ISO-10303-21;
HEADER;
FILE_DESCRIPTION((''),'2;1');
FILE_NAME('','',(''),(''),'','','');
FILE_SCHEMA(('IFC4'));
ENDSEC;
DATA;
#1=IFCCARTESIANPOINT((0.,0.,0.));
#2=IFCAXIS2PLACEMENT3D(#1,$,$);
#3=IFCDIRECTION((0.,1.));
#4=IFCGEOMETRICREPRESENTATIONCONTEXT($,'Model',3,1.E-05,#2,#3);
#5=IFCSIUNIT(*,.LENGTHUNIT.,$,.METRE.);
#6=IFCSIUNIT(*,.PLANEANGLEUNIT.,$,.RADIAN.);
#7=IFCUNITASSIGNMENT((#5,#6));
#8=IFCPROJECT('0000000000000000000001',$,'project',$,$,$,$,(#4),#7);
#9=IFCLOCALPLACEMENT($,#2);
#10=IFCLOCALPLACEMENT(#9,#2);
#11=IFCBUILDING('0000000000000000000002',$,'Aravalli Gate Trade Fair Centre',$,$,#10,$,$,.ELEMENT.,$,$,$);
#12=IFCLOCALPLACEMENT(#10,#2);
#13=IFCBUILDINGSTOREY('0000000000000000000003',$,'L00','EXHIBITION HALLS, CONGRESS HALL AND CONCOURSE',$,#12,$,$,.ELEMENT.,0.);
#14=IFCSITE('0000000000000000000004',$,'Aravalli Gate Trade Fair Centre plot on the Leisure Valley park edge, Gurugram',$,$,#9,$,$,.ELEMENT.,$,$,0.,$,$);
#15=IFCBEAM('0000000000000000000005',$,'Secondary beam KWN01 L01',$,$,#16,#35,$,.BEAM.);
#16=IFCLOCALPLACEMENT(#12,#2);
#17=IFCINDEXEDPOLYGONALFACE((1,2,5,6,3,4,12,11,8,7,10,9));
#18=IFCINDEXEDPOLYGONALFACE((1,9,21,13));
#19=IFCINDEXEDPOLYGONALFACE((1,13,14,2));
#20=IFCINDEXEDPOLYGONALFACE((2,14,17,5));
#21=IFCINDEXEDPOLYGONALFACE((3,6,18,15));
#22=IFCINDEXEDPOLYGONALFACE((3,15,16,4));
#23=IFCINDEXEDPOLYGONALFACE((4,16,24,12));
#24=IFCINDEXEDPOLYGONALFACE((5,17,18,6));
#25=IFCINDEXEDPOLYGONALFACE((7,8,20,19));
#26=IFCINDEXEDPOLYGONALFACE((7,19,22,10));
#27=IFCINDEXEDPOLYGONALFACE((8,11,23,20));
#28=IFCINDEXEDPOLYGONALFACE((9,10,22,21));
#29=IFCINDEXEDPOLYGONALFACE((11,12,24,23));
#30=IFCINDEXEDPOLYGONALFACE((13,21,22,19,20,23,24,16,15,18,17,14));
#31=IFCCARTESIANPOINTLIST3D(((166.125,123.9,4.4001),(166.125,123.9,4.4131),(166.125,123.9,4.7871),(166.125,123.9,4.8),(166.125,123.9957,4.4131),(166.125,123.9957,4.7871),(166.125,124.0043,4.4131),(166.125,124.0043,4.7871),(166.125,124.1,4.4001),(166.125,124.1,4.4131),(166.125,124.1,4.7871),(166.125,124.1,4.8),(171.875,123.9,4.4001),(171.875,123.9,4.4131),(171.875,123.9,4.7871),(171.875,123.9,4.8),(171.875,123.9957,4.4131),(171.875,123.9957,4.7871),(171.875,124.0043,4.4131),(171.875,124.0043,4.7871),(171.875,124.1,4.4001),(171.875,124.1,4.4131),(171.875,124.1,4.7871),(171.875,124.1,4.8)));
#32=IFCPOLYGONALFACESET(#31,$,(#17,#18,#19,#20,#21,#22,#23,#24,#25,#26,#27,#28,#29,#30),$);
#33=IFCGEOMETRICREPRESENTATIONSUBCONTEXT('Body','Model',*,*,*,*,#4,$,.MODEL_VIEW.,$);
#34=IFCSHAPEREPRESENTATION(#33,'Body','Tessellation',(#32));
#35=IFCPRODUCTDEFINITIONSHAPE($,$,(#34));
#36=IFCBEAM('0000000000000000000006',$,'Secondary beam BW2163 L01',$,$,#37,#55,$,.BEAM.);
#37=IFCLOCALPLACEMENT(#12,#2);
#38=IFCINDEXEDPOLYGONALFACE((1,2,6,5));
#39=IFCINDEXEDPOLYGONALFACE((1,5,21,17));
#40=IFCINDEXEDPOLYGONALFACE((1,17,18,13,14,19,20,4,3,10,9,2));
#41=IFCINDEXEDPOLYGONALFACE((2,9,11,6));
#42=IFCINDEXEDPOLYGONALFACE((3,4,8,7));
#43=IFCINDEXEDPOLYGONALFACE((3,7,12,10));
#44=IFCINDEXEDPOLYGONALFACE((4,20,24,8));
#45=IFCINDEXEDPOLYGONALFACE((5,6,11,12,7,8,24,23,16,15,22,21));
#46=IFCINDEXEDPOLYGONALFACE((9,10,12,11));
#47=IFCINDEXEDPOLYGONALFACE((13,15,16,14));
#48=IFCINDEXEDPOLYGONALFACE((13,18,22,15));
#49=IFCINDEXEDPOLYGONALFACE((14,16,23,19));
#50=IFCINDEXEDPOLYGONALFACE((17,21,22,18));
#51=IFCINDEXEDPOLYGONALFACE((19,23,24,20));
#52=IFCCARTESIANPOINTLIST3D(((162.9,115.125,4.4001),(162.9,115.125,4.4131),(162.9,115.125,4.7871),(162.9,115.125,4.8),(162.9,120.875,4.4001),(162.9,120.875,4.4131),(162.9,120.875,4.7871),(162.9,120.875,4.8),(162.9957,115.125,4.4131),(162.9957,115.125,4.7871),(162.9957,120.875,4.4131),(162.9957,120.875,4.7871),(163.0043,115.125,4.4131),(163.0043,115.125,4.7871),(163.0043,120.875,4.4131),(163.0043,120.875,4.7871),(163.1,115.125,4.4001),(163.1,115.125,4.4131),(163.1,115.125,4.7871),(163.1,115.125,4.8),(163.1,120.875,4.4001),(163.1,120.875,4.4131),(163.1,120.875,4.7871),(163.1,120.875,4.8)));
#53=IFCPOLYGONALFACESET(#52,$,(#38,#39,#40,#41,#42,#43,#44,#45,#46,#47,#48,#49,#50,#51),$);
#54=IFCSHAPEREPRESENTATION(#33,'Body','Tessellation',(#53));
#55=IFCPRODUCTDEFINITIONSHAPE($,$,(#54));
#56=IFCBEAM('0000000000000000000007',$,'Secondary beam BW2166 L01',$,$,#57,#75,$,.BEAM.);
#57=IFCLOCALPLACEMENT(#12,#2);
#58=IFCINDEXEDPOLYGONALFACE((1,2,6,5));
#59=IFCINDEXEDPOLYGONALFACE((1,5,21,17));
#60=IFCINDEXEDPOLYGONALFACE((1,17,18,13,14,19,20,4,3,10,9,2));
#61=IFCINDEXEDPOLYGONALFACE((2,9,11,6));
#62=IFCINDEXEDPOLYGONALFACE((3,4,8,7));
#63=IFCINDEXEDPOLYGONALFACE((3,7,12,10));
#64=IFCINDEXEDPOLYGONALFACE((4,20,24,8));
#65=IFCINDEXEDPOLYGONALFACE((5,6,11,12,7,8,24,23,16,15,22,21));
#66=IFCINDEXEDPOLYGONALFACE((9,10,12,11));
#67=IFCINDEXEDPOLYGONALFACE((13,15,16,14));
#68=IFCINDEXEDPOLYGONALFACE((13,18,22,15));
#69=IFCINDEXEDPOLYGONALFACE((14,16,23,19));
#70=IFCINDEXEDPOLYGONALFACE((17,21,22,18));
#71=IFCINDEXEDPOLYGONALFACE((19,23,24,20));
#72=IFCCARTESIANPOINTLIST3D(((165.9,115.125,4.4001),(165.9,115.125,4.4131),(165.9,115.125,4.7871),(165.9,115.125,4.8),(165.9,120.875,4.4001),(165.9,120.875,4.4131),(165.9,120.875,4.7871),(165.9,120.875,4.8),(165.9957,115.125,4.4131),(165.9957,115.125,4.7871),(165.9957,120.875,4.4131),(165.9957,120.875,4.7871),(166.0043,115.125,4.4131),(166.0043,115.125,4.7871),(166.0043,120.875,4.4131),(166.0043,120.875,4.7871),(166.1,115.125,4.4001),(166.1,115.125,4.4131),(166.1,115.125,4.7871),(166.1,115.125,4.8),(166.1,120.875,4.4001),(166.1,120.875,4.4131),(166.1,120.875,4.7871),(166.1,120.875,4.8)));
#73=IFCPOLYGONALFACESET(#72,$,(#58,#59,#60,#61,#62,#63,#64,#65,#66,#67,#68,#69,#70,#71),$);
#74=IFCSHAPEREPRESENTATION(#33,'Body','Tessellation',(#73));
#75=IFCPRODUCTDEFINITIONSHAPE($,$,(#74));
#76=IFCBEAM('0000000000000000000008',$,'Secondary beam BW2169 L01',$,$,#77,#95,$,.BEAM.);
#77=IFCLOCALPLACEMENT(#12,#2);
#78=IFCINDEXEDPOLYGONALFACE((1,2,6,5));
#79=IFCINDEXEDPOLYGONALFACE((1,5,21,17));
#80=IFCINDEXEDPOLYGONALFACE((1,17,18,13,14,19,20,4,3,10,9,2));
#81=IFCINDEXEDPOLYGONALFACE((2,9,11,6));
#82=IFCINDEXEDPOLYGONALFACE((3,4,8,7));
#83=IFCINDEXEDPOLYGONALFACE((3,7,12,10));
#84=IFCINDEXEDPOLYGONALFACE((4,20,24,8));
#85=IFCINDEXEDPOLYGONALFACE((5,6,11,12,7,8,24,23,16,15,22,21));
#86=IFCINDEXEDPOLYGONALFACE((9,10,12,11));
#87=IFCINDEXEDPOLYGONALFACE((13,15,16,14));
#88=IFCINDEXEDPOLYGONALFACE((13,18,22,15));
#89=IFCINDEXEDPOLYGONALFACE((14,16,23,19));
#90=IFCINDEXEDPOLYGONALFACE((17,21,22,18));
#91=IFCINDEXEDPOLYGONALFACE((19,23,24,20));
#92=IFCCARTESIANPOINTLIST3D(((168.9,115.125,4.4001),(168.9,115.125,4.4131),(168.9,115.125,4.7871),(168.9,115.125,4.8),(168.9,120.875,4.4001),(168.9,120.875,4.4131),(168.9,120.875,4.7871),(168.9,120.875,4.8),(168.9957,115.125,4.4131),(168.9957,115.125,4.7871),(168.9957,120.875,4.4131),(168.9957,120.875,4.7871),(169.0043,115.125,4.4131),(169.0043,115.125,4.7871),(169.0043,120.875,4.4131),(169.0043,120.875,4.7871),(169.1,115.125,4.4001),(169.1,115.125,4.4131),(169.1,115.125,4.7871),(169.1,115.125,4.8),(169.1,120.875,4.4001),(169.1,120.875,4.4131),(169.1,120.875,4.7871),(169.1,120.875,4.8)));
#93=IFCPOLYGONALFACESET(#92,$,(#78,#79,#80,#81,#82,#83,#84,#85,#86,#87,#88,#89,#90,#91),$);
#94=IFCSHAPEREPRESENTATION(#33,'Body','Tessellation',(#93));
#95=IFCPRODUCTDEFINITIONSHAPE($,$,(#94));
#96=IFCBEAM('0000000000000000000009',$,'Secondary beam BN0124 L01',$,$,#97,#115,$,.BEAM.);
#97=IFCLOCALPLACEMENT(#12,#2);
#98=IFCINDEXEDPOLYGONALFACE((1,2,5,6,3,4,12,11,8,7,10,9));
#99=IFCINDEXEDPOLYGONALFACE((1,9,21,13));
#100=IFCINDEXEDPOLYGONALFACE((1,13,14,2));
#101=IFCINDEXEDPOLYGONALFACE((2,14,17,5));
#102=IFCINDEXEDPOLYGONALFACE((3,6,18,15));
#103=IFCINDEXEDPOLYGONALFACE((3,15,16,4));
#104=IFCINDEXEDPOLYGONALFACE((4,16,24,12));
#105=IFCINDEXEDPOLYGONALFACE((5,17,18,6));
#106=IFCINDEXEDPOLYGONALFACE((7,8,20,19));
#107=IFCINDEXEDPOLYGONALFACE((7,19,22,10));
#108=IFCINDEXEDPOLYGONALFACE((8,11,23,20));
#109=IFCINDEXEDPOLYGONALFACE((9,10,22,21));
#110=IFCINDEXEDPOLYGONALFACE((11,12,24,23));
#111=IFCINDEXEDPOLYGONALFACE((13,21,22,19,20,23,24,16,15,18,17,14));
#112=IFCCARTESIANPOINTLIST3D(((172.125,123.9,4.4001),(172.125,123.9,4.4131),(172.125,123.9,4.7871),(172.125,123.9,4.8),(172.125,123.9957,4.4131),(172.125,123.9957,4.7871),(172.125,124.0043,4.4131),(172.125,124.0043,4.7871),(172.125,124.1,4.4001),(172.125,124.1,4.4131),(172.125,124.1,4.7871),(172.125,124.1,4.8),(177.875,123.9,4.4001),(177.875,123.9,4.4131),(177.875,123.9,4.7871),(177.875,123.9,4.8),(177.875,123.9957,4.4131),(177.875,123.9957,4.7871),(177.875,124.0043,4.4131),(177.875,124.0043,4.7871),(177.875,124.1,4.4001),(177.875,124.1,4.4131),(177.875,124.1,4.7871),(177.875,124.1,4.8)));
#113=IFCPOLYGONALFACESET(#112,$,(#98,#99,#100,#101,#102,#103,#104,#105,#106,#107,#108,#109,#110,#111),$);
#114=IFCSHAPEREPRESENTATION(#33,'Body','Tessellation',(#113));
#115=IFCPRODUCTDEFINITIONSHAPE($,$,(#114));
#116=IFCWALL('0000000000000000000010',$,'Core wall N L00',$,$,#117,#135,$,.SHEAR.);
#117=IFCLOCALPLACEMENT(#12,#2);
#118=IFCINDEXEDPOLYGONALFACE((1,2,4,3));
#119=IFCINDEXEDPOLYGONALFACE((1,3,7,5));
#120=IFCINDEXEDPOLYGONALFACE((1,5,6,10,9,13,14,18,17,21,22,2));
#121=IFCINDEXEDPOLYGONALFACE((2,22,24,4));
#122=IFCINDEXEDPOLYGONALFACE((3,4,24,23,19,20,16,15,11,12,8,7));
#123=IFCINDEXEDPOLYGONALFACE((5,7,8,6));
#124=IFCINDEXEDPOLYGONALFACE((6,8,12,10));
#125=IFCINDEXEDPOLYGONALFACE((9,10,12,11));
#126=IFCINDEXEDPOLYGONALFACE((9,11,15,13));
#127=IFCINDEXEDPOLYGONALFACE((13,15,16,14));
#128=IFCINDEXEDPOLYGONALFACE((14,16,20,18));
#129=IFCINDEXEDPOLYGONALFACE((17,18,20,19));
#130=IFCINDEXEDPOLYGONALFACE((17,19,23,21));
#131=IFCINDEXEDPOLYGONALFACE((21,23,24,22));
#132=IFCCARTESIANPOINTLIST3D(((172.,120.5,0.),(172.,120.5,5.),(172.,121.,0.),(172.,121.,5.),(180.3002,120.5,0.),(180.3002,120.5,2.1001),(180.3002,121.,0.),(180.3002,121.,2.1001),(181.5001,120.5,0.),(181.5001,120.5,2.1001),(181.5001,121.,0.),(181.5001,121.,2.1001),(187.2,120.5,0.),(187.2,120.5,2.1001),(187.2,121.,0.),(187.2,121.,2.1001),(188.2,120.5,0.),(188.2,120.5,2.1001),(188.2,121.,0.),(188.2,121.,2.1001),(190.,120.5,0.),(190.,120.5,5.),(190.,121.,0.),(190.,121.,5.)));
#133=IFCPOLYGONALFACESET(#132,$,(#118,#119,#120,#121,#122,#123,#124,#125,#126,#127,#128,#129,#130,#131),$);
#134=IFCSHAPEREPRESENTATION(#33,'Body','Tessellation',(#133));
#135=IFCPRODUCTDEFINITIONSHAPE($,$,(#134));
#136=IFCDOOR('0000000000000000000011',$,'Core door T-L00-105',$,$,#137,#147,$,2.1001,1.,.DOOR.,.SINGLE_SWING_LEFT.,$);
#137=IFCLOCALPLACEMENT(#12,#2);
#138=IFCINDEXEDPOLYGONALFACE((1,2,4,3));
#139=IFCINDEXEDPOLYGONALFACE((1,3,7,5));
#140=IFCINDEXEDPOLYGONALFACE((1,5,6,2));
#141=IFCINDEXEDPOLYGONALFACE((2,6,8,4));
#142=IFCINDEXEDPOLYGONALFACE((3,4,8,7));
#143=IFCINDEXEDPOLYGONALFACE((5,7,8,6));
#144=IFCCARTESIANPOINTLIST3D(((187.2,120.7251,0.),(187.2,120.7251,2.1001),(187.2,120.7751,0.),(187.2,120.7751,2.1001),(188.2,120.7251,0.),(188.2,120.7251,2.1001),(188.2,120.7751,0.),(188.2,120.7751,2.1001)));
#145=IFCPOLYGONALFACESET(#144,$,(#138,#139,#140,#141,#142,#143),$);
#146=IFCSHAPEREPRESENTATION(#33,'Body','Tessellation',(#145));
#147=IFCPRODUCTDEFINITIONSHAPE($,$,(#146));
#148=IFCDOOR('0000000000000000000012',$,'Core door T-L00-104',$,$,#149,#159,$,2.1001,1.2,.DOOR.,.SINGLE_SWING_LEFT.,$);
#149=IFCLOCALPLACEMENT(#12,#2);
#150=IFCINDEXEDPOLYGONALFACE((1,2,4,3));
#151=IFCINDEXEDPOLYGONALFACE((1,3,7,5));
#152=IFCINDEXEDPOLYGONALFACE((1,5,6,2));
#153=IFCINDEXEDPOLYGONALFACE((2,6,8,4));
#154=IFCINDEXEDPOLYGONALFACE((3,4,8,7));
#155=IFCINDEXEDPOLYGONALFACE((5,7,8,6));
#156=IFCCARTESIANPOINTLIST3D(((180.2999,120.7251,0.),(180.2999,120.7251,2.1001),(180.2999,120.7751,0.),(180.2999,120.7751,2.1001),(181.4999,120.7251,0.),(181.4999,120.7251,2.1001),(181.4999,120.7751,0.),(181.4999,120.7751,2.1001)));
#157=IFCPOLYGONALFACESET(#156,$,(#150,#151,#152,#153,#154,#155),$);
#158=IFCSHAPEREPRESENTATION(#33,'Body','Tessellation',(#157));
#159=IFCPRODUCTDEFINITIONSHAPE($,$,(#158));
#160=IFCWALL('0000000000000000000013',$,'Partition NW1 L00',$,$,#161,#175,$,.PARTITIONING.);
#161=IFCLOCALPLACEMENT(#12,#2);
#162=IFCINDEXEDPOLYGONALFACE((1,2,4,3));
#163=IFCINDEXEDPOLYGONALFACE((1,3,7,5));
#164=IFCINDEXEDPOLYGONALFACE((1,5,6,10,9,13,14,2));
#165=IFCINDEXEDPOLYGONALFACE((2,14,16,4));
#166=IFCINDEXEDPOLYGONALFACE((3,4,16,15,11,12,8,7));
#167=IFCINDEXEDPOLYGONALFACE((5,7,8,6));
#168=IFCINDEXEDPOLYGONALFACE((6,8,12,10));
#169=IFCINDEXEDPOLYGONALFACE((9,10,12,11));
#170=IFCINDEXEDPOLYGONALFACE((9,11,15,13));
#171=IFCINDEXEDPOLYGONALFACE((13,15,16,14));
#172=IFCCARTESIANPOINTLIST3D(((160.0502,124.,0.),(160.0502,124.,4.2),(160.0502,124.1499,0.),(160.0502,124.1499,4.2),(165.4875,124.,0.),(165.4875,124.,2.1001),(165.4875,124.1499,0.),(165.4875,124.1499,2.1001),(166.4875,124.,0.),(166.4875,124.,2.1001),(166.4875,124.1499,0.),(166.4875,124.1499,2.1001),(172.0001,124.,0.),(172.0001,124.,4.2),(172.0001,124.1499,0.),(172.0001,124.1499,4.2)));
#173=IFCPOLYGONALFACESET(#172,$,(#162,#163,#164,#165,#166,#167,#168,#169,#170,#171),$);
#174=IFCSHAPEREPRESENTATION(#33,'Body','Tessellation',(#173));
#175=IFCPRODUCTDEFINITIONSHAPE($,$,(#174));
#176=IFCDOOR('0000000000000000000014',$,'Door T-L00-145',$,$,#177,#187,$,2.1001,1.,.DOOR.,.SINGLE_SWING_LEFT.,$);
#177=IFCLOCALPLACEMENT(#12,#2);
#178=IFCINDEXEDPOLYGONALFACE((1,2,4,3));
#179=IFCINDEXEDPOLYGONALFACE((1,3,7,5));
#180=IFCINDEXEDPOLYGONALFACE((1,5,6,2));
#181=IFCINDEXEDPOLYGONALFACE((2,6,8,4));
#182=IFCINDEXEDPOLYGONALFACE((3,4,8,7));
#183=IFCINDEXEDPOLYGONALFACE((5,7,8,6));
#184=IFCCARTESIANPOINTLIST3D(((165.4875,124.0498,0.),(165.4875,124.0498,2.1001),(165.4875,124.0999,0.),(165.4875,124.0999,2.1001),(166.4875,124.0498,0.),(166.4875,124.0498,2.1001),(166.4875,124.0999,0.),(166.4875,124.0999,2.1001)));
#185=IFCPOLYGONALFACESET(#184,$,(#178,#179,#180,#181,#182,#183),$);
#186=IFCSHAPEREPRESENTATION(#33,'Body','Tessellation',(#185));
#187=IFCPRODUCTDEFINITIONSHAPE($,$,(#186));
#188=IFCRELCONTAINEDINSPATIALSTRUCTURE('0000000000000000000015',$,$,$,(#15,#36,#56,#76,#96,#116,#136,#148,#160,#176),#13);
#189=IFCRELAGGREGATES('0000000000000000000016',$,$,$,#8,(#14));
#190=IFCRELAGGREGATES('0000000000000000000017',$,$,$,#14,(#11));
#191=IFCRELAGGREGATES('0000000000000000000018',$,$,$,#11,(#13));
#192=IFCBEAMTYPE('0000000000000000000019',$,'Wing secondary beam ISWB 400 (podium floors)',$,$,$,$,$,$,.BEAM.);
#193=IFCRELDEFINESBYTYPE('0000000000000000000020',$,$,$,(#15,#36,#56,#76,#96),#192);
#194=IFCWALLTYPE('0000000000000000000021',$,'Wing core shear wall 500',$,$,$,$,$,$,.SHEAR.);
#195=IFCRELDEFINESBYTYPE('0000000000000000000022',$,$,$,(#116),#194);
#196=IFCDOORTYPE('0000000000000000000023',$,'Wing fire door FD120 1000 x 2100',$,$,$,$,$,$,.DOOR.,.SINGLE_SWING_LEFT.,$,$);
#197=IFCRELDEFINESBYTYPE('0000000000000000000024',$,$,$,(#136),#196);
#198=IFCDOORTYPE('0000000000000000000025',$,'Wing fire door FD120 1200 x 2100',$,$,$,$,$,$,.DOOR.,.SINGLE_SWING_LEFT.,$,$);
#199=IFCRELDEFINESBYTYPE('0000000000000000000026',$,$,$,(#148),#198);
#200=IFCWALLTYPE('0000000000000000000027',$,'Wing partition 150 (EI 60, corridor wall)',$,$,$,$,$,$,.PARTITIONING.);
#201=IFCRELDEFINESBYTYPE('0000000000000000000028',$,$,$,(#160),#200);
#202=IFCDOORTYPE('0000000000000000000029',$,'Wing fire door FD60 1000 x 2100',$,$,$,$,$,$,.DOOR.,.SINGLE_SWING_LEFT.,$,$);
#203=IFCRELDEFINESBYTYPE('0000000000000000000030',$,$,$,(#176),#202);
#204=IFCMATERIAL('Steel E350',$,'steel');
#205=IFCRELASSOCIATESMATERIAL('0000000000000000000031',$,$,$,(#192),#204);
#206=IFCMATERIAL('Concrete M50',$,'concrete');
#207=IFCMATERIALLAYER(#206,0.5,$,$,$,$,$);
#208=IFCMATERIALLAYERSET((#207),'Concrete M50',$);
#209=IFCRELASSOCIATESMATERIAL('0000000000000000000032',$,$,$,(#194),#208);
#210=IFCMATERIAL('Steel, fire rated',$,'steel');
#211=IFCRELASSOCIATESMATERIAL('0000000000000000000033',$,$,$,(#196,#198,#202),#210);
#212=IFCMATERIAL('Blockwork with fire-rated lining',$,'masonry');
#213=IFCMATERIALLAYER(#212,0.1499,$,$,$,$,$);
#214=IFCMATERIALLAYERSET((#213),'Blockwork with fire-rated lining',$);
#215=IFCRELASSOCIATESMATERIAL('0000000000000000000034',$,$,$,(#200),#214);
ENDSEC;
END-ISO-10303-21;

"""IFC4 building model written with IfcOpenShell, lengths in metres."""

from ifc_helpers import new_model, si_unit, direction, frame, frame_2d, origin, origin_2d, place, context, subcontext, project, spatial, rectangle, i_section, extrude, material, layer, layer_set, material_profile, profile_set, type_object, element, fill, save


model = new_model("IFC4")

# Units and contexts
model_context = context("Model", 3, precision=1e-05, world=origin(), true_north=direction((0.0, 1.0)))
body_context = subcontext(model_context, "Body", "Model", "MODEL_VIEW")
ifc_project = project(units=[si_unit("LENGTHUNIT", "METRE"), si_unit("PLANEANGLEUNIT", "RADIAN")], contexts=[model_context])

# Site, building, storey
site_placement = place(None, origin())
site = spatial("IfcSite", under=ifc_project, at=site_placement, Name="Aravalli Gate Trade Fair Centre plot on the Leisure Valley park edge, Gurugram", CompositionType="ELEMENT", RefElevation=0.0)
building_placement = place(site_placement, origin())
building = spatial("IfcBuilding", under=site, at=building_placement, Name="Aravalli Gate Trade Fair Centre", CompositionType="ELEMENT")
storey_placement = place(building_placement, origin())
storey = spatial("IfcBuildingStorey", under=building, at=storey_placement, Name="L00", Description="EXHIBITION HALLS, CONGRESS HALL AND CONCOURSE", CompositionType="ELEMENT", Elevation=0.0)

# Shared definitions
ifc_material_1 = material(Name="Steel E350", Category="steel")

# Beams
ifc_material_profile_1 = material_profile(ifc_material_1, i_section(OverallWidth=0.2, OverallDepth=0.3999, WebThickness=0.0085, FlangeThickness=0.0129, at=origin_2d()), Name="ISWB 400")
ifc_profile_set_1 = profile_set([ifc_material_profile_1], Name="Steel E350")
beam_type_1 = type_object("IfcBeamType", Name="Wing secondary beam ISWB 400 (podium floors)", PredefinedType="BEAM", material=ifc_profile_set_1)
for number, where, z_axis, x_axis, name in (
    (1, (166.125, 124.0, 4.6001), (1.0, 0.0, 0.0), (0.0, 1.0, 0.0), "Secondary beam KWN01 L01"),
    (2, (163.0, 115.125, 4.6001), (0.0, 1.0, 0.0), (-1.0, 0.0, 0.0), "Secondary beam BW2163 L01"),
    (3, (166.0, 115.125, 4.6001), (0.0, 1.0, 0.0), (-1.0, 0.0, 0.0), "Secondary beam BW2166 L01"),
    (4, (169.0, 115.125, 4.6001), (0.0, 1.0, 0.0), (-1.0, 0.0, 0.0), "Secondary beam BW2169 L01"),
    (5, (172.125, 124.0, 4.6001), (1.0, 0.0, 0.0), (0.0, 1.0, 0.0), "Secondary beam BN0124 L01"),
):
    element("IfcBeam", number, at=place(storey_placement, frame(where, z_axis=z_axis, x_axis=x_axis)), inside=storey, type_object=beam_type_1, Name=name, PredefinedType="BEAM", context=body_context, shape_type="SweptSolid", body=[
        extrude(i_section(OverallWidth=0.2, OverallDepth=0.3999, WebThickness=0.0085, FlangeThickness=0.0129, at=origin_2d()), origin(), (0.0, 0.0, 1.0), 5.75),
    ])

# Wall, openings, doors
ifc_material_2 = material(Name="Concrete M50", Category="concrete")
ifc_layer_1 = layer(ifc_material_2, 0.5)
ifc_layer_set_1 = layer_set([ifc_layer_1], Name="Concrete M50")
wall_type_1 = type_object("IfcWallType", Name="Wing core shear wall 500", PredefinedType="SHEAR", material=ifc_layer_set_1)
wall_1_placement = place(storey_placement, frame((172.0, 120.75, 0.0), z_axis=(0.0, 0.0, 1.0), x_axis=(1.0, 0.0, 0.0)))
wall_1 = element("IfcWall", 6, at=wall_1_placement, inside=storey, type_object=wall_type_1, Name="Core wall N L00", PredefinedType="SHEAR", context=body_context, shape_type="SweptSolid", body=[
    extrude(rectangle(XDim=18.0, YDim=0.5, at=frame_2d((9.0, 0.0))), origin(), (0.0, 0.0, 1.0), 5.0),
])
opening_1_placement = place(wall_1_placement, frame((8.3, 0.0, 0.0)))
opening_1 = element("IfcOpeningElement", 7, at=opening_1_placement, cuts=wall_1, PredefinedType="OPENING", context=body_context, shape_type="SweptSolid", body=[
    extrude(rectangle(XDim=1.2, YDim=2.1001, at=frame_2d((0.6001, 1.05))), frame((0.0, 0.26, 0.0), z_axis=(0.0, -1.0, 0.0), x_axis=(1.0, 0.0, 0.0)), (0.0, 0.0, 1.0), 0.52),
])
opening_2_placement = place(wall_1_placement, frame((15.2, 0.0, 0.0)))
opening_2 = element("IfcOpeningElement", 8, at=opening_2_placement, cuts=wall_1, PredefinedType="OPENING", context=body_context, shape_type="SweptSolid", body=[
    extrude(rectangle(XDim=1.0, YDim=2.1001, at=frame_2d((0.5, 1.05))), frame((0.0, 0.26, 0.0), z_axis=(0.0, -1.0, 0.0), x_axis=(1.0, 0.0, 0.0)), (0.0, 0.0, 1.0), 0.52),
])
ifc_material_3 = material(Name="Steel, fire rated", Category="steel")
door_type_1 = type_object("IfcDoorType", Name="Wing fire door FD120 1000 x 2100", OperationType="SINGLE_SWING_LEFT", PredefinedType="DOOR", material=ifc_material_3)
door_1_placement = place(opening_2_placement, frame((1.0, 0.0, 0.0), z_axis=(0.0, 0.0, 1.0), x_axis=(-1.0, 0.0, 0.0)))
door_1 = element("IfcDoor", 9, at=door_1_placement, inside=storey, type_object=door_type_1, Name="Core door T-L00-105", OperationType="SINGLE_SWING_LEFT", OverallHeight=2.1001, OverallWidth=1.0, PredefinedType="DOOR", context=body_context, shape_type="SweptSolid", body=[
    extrude(rectangle(XDim=1.0, YDim=2.1001, at=frame_2d((0.5, 1.05))), frame((0.0, 0.0249, 0.0), z_axis=(0.0, -1.0, 0.0), x_axis=(1.0, 0.0, 0.0)), (0.0, 0.0, 1.0), 0.05),
])
fill(opening_2, door_1)
door_type_2 = type_object("IfcDoorType", Name="Wing fire door FD120 1200 x 2100", OperationType="SINGLE_SWING_LEFT", PredefinedType="DOOR", material=ifc_material_3)
door_2_placement = place(opening_1_placement, frame((1.2, 0.0, 0.0), z_axis=(0.0, 0.0, 1.0), x_axis=(-1.0, 0.0, 0.0)))
door_2 = element("IfcDoor", 10, at=door_2_placement, inside=storey, type_object=door_type_2, Name="Core door T-L00-104", OperationType="SINGLE_SWING_LEFT", OverallHeight=2.1001, OverallWidth=1.2, PredefinedType="DOOR", context=body_context, shape_type="SweptSolid", body=[
    extrude(rectangle(XDim=1.2, YDim=2.1001, at=frame_2d((0.6001, 1.05))), frame((0.0, 0.0249, 0.0), z_axis=(0.0, -1.0, 0.0), x_axis=(1.0, 0.0, 0.0)), (0.0, 0.0, 1.0), 0.05),
])
fill(opening_1, door_2)

# Wall, opening, door
ifc_material_4 = material(Name="Blockwork with fire-rated lining", Category="masonry")
ifc_layer_2 = layer(ifc_material_4, 0.1499)
ifc_layer_set_2 = layer_set([ifc_layer_2], Name="Blockwork with fire-rated lining")
wall_type_2 = type_object("IfcWallType", Name="Wing partition 150 (EI 60, corridor wall)", PredefinedType="PARTITIONING", material=ifc_layer_set_2)
wall_2_placement = place(storey_placement, frame((160.05, 124.075, 0.0), z_axis=(0.0, 0.0, 1.0), x_axis=(1.0, 0.0, 0.0)))
wall_2 = element("IfcWall", 11, at=wall_2_placement, inside=storey, type_object=wall_type_2, Name="Partition NW1 L00", PredefinedType="PARTITIONING", context=body_context, shape_type="SweptSolid", body=[
    extrude(rectangle(XDim=11.95, YDim=0.1499, at=frame_2d((5.9751, 0.0))), origin(), (0.0, 0.0, 1.0), 4.2),
])
opening_3_placement = place(wall_2_placement, frame((5.4375, 0.0, 0.0)))
opening_3 = element("IfcOpeningElement", 12, at=opening_3_placement, cuts=wall_2, PredefinedType="OPENING", context=body_context, shape_type="SweptSolid", body=[
    extrude(rectangle(XDim=1.0, YDim=2.1001, at=frame_2d((0.5, 1.05))), frame((0.0, 0.085, 0.0), z_axis=(0.0, -1.0, 0.0), x_axis=(1.0, 0.0, 0.0)), (0.0, 0.0, 1.0), 0.1699),
])
door_type_3 = type_object("IfcDoorType", Name="Wing fire door FD60 1000 x 2100", OperationType="SINGLE_SWING_LEFT", PredefinedType="DOOR", material=ifc_material_3)
door_3_placement = place(opening_3_placement, origin())
door_3 = element("IfcDoor", 13, at=door_3_placement, inside=storey, type_object=door_type_3, Name="Door T-L00-145", OperationType="SINGLE_SWING_LEFT", OverallHeight=2.1001, OverallWidth=1.0, PredefinedType="DOOR", context=body_context, shape_type="SweptSolid", body=[
    extrude(rectangle(XDim=1.0, YDim=2.1001, at=frame_2d((0.5, 1.05))), frame((0.0, 0.0249, 0.0), z_axis=(0.0, -1.0, 0.0), x_axis=(1.0, 0.0, 0.0)), (0.0, 0.0, 1.0), 0.05),
])
fill(opening_3, door_3)

save(model, "model.ifc")
